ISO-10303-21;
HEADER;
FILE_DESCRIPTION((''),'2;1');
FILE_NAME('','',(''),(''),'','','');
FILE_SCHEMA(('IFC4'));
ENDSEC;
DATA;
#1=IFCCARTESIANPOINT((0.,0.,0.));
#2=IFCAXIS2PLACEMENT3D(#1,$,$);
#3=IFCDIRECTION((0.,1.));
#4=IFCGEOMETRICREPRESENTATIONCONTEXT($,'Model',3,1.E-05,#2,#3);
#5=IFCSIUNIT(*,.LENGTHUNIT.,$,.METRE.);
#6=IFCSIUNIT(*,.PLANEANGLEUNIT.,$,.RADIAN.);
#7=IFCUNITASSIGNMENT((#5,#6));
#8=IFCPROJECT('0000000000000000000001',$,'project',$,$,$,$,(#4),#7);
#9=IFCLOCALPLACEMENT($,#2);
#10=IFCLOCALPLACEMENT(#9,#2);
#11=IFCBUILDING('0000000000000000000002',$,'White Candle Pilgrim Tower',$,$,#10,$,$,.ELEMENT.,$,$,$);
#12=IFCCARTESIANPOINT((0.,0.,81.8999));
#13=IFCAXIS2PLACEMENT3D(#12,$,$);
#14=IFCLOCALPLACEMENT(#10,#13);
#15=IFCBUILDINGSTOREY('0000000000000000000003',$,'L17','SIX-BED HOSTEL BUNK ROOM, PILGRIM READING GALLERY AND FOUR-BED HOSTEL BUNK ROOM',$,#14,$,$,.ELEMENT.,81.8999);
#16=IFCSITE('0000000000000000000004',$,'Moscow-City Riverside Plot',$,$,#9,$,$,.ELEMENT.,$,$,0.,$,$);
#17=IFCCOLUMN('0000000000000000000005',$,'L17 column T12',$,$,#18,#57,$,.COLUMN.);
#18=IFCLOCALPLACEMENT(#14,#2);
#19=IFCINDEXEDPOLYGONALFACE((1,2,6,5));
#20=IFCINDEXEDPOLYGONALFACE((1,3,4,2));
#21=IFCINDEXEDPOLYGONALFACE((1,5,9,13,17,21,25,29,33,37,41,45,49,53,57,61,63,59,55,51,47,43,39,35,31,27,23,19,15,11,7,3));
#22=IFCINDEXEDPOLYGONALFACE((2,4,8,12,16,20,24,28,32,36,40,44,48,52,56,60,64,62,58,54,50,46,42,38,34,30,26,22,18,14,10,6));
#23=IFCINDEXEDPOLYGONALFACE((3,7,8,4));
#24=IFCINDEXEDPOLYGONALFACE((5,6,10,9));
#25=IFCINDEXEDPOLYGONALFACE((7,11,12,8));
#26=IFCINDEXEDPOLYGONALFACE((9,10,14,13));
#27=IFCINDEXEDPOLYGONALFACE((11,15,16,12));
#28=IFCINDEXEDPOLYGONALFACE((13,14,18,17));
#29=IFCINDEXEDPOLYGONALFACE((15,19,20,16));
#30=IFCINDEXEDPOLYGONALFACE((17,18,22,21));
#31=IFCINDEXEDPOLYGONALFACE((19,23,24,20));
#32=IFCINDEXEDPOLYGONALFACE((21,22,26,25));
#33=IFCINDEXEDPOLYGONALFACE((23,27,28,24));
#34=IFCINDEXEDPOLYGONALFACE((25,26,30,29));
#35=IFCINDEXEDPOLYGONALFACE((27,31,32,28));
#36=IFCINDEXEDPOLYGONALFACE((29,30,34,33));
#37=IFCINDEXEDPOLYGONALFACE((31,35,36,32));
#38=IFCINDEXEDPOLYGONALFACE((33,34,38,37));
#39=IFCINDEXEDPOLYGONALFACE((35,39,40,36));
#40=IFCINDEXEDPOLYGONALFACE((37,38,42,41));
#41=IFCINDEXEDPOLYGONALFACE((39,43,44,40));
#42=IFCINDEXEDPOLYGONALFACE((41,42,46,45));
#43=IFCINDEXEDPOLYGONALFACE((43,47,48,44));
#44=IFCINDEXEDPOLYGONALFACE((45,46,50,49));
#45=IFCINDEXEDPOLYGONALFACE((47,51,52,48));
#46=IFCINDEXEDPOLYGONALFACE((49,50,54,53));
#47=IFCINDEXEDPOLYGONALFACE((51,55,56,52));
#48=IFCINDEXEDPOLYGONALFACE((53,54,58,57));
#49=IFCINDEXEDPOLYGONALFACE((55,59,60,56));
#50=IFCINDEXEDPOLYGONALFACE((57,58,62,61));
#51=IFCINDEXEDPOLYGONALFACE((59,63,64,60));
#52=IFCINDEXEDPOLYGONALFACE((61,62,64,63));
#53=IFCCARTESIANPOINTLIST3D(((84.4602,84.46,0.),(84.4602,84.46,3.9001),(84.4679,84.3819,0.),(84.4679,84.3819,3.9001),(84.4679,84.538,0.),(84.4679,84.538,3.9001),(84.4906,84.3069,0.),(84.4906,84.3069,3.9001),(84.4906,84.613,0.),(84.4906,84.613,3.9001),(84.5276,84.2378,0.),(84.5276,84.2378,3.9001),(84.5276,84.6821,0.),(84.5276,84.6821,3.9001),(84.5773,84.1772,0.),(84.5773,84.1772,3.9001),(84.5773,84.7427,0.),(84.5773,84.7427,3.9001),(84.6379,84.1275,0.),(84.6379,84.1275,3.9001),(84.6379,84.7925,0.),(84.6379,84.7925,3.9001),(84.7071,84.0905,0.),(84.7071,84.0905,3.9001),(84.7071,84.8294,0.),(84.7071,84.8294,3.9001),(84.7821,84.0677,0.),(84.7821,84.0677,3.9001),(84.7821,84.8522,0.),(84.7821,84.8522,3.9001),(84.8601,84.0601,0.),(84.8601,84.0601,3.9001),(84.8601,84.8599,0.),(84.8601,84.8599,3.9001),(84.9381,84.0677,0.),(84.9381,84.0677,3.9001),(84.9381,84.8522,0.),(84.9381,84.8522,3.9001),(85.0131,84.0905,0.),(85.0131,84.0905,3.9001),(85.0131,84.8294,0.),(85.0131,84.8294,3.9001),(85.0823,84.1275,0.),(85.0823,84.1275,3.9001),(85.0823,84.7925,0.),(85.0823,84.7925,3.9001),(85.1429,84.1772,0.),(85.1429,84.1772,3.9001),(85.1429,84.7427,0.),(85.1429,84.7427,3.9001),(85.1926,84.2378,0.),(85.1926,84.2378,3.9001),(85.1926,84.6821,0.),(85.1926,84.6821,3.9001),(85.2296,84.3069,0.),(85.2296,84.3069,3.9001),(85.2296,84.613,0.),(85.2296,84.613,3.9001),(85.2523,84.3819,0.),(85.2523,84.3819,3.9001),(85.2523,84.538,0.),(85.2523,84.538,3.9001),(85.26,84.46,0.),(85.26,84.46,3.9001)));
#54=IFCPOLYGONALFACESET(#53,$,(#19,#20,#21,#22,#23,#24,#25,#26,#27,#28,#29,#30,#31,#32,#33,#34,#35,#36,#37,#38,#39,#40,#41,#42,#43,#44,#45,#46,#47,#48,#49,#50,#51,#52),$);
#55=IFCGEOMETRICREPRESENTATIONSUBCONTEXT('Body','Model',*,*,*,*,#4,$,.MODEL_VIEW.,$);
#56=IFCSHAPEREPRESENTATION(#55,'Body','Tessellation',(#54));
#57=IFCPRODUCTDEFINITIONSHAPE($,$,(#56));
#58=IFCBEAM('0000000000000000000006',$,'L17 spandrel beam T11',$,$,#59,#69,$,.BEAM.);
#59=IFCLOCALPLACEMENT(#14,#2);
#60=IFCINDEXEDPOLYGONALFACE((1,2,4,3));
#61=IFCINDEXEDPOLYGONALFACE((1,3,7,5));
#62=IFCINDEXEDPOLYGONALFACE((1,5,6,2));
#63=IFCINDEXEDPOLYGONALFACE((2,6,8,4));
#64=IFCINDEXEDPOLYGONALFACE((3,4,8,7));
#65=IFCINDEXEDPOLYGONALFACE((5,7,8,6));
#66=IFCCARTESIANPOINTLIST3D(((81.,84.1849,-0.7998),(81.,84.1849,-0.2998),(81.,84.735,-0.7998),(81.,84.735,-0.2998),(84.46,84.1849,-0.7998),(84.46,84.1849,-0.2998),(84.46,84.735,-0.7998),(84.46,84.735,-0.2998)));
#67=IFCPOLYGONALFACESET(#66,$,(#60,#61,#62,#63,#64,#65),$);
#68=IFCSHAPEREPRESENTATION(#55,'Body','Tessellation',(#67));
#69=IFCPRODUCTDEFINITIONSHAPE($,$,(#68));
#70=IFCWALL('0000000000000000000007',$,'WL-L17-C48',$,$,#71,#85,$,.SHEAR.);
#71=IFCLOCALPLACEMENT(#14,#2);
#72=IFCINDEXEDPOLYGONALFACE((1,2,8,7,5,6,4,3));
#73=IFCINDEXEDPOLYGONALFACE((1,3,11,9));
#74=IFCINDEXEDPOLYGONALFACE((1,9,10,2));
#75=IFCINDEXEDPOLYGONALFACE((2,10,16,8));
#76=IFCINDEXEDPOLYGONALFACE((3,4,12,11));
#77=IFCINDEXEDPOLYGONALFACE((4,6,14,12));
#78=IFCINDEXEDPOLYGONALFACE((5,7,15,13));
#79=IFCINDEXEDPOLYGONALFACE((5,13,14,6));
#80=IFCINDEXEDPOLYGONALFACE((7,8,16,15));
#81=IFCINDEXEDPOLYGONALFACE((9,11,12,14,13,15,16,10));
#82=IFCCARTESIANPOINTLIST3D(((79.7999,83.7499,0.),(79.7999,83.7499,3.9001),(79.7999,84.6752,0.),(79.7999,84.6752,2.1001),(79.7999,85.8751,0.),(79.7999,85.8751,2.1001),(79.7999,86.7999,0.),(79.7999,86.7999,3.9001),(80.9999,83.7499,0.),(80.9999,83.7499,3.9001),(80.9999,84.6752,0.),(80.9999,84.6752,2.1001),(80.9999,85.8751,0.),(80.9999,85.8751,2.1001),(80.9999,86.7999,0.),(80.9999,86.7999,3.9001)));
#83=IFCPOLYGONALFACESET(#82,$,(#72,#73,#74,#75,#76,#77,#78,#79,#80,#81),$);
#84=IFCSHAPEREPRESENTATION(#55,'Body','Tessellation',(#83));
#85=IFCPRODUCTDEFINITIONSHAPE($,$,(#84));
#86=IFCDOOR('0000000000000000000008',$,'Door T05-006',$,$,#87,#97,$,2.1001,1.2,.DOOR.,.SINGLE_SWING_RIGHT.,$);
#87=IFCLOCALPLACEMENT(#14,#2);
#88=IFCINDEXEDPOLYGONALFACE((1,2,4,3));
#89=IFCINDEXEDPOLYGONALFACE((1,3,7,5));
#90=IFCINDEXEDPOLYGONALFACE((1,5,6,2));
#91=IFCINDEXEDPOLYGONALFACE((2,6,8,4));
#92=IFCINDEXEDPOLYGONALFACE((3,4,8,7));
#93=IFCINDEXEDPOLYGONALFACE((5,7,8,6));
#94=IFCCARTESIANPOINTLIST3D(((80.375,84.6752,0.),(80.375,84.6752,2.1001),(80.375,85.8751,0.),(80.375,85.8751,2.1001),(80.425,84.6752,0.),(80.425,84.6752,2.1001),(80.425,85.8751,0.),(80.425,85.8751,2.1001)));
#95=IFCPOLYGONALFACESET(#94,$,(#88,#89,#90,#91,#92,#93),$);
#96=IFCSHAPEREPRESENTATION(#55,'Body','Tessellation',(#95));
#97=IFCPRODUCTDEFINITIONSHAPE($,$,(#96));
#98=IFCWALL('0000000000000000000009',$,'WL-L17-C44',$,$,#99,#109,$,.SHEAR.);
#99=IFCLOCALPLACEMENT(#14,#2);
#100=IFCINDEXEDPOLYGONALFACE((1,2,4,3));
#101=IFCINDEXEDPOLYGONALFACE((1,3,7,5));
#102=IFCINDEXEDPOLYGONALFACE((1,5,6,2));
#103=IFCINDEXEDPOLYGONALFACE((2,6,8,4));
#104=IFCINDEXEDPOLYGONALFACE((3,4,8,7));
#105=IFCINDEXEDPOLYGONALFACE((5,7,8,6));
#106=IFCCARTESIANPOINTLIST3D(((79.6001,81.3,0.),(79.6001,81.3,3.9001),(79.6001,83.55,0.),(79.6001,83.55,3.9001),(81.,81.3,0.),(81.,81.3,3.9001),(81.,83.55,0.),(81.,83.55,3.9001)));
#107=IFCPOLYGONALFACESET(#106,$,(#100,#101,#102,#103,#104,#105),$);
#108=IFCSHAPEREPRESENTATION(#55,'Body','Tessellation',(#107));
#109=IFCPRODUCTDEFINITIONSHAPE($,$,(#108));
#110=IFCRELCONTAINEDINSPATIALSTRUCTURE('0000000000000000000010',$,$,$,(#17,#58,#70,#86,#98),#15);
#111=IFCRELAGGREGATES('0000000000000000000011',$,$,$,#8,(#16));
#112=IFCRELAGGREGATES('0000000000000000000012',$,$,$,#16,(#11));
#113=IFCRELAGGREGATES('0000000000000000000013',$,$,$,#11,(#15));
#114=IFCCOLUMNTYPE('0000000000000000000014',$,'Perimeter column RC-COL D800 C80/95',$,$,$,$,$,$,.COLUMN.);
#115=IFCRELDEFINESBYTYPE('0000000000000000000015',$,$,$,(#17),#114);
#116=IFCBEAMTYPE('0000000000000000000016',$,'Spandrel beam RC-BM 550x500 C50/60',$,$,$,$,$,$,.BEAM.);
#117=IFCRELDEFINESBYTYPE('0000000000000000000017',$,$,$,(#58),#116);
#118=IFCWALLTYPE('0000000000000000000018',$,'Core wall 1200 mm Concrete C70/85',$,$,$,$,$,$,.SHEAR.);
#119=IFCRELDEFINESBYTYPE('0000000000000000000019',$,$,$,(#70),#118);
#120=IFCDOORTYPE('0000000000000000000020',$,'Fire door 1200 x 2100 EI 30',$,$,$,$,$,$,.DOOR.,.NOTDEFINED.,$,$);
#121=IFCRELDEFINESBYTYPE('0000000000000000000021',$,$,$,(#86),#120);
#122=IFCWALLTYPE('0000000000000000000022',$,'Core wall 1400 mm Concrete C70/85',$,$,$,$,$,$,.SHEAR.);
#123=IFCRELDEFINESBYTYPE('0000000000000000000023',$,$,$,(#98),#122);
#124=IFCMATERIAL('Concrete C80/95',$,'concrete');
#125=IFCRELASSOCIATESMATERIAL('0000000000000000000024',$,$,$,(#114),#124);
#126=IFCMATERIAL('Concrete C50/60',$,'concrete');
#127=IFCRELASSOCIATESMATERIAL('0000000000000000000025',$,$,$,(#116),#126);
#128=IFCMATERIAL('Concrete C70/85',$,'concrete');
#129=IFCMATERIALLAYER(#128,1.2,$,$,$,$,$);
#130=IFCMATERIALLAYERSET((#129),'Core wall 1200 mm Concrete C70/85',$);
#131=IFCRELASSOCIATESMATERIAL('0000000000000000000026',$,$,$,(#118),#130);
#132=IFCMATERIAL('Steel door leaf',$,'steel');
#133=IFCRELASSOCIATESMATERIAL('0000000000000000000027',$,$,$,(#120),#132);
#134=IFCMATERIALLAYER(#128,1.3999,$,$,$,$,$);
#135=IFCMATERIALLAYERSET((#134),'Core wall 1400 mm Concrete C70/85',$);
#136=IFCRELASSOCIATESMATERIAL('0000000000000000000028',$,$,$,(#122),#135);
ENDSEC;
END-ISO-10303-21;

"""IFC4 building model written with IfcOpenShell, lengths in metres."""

from ifc_helpers import new_model, si_unit, direction, frame, frame_2d, origin, origin_2d, place, context, subcontext, project, spatial, rectangle, circle, extrude, material, layer, layer_set, material_profile, profile_set, type_object, element, fill, save


model = new_model("IFC4")

# Units and contexts
model_context = context("Model", 3, precision=1e-05, world=origin(), true_north=direction((0.0, 1.0)))
body_context = subcontext(model_context, "Body", "Model", "MODEL_VIEW")
ifc_project = project(units=[si_unit("LENGTHUNIT", "METRE"), si_unit("PLANEANGLEUNIT", "RADIAN")], contexts=[model_context])

# Site, building, storey
site_placement = place(None, origin())
site = spatial("IfcSite", under=ifc_project, at=site_placement, Name="Moscow-City Riverside Plot", CompositionType="ELEMENT", RefElevation=0.0)
building_placement = place(site_placement, origin())
building = spatial("IfcBuilding", under=site, at=building_placement, Name="White Candle Pilgrim Tower", CompositionType="ELEMENT")
storey_placement = place(building_placement, frame((0.0, 0.0, 81.8999)))
storey = spatial("IfcBuildingStorey", under=building, at=storey_placement, Name="L17", Description="SIX-BED HOSTEL BUNK ROOM, PILGRIM READING GALLERY AND FOUR-BED HOSTEL BUNK ROOM", CompositionType="ELEMENT", Elevation=81.8999)

# Column
ifc_material_1 = material(Name="Concrete C80/95", Category="concrete")
ifc_material_profile_1 = material_profile(ifc_material_1, circle(Radius=0.3999, at=origin_2d()), Name="RC-COL D800")
ifc_profile_set_1 = profile_set([ifc_material_profile_1], Name="Concrete C80/95")
column_type = type_object("IfcColumnType", Name="Perimeter column RC-COL D800 C80/95", PredefinedType="COLUMN", material=ifc_profile_set_1)
column_placement = place(storey_placement, frame((84.8601, 84.46, 0.0), z_axis=(0.0, 0.0, 1.0), x_axis=(1.0, 0.0, 0.0)))
element("IfcColumn", 1, at=column_placement, inside=storey, type_object=column_type, Name="L17 column T12", PredefinedType="COLUMN", context=body_context, shape_type="SweptSolid", body=[
    extrude(circle(Radius=0.3999, at=origin_2d()), origin(), (0.0, 0.0, 1.0), 3.9001),
])

# Beam
ifc_material_2 = material(Name="Concrete C50/60", Category="concrete")
ifc_material_profile_2 = material_profile(ifc_material_2, rectangle(XDim=0.55, YDim=0.5, at=origin_2d()), Name="RC-BM 550x500")
ifc_profile_set_2 = profile_set([ifc_material_profile_2], Name="Concrete C50/60")
beam_type = type_object("IfcBeamType", Name="Spandrel beam RC-BM 550x500 C50/60", PredefinedType="BEAM", material=ifc_profile_set_2)
beam_placement = place(storey_placement, frame((84.46, 84.46, -0.5498), z_axis=(-1.0, 0.0, 0.0), x_axis=(0.0, -1.0, 0.0)))
element("IfcBeam", 2, at=beam_placement, inside=storey, type_object=beam_type, Name="L17 spandrel beam T11", PredefinedType="BEAM", context=body_context, shape_type="SweptSolid", body=[
    extrude(rectangle(XDim=0.55, YDim=0.5, at=origin_2d()), origin(), (0.0, 0.0, 1.0), 3.46),
])

# Wall, opening, door
ifc_material_3 = material(Name="Concrete C70/85", Category="concrete")
ifc_layer_1 = layer(ifc_material_3, 1.2)
ifc_layer_set_1 = layer_set([ifc_layer_1], Name="Core wall 1200 mm Concrete C70/85")
wall_type_1 = type_object("IfcWallType", Name="Core wall 1200 mm Concrete C70/85", PredefinedType="SHEAR", material=ifc_layer_set_1)
wall_1_placement = place(storey_placement, frame((80.3999, 83.75, 0.0), z_axis=(0.0, 0.0, 1.0), x_axis=(0.0, 1.0, 0.0)))
wall_1 = element("IfcWall", 3, at=wall_1_placement, inside=storey, type_object=wall_type_1, Name="WL-L17-C48", PredefinedType="SHEAR", context=body_context, shape_type="SweptSolid", body=[
    extrude(rectangle(XDim=3.05, YDim=1.2, at=frame_2d((1.5249, 0.0))), origin(), (0.0, 0.0, 1.0), 3.9001),
])
opening_1_placement = place(wall_1_placement, frame((0.925, 0.0, 0.0)))
opening_1 = element("IfcOpeningElement", 4, at=opening_1_placement, cuts=wall_1, PredefinedType="OPENING", context=body_context, shape_type="SweptSolid", body=[
    extrude(rectangle(XDim=1.2, YDim=2.1001, at=frame_2d((0.6001, 1.05))), frame((0.0, 0.6099, 0.0), z_axis=(0.0, -1.0, 0.0), x_axis=(1.0, 0.0, 0.0)), (0.0, 0.0, 1.0), 1.22),
])
ifc_material_4 = material(Name="Steel door leaf", Category="steel")
door_type_1 = type_object("IfcDoorType", Name="Fire door 1200 x 2100 EI 30", OperationType="NOTDEFINED", PredefinedType="DOOR", material=ifc_material_4)
door_1_placement = place(opening_1_placement, origin())
door_1 = element("IfcDoor", 5, at=door_1_placement, inside=storey, type_object=door_type_1, Name="Door T05-006", OperationType="SINGLE_SWING_RIGHT", OverallHeight=2.1001, OverallWidth=1.2, PredefinedType="DOOR", context=body_context, shape_type="SweptSolid", body=[
    extrude(rectangle(XDim=1.2, YDim=2.1001, at=frame_2d((0.6001, 1.05))), frame((0.0, 0.0249, 0.0), z_axis=(0.0, -1.0, 0.0), x_axis=(1.0, 0.0, 0.0)), (0.0, 0.0, 1.0), 0.05),
])
fill(opening_1, door_1)

# Wall
ifc_layer_2 = layer(ifc_material_3, 1.3999)
ifc_layer_set_2 = layer_set([ifc_layer_2], Name="Core wall 1400 mm Concrete C70/85")
wall_type_2 = type_object("IfcWallType", Name="Core wall 1400 mm Concrete C70/85", PredefinedType="SHEAR", material=ifc_layer_set_2)
wall_2_placement = place(storey_placement, frame((80.3, 81.3, 0.0), z_axis=(0.0, 0.0, 1.0), x_axis=(0.0, 1.0, 0.0)))
element("IfcWall", 6, at=wall_2_placement, inside=storey, type_object=wall_type_2, Name="WL-L17-C44", PredefinedType="SHEAR", context=body_context, shape_type="SweptSolid", body=[
    extrude(rectangle(XDim=2.25, YDim=1.3999, at=frame_2d((1.125, 0.0))), origin(), (0.0, 0.0, 1.0), 3.9001),
])

save(model, "model.ifc")
